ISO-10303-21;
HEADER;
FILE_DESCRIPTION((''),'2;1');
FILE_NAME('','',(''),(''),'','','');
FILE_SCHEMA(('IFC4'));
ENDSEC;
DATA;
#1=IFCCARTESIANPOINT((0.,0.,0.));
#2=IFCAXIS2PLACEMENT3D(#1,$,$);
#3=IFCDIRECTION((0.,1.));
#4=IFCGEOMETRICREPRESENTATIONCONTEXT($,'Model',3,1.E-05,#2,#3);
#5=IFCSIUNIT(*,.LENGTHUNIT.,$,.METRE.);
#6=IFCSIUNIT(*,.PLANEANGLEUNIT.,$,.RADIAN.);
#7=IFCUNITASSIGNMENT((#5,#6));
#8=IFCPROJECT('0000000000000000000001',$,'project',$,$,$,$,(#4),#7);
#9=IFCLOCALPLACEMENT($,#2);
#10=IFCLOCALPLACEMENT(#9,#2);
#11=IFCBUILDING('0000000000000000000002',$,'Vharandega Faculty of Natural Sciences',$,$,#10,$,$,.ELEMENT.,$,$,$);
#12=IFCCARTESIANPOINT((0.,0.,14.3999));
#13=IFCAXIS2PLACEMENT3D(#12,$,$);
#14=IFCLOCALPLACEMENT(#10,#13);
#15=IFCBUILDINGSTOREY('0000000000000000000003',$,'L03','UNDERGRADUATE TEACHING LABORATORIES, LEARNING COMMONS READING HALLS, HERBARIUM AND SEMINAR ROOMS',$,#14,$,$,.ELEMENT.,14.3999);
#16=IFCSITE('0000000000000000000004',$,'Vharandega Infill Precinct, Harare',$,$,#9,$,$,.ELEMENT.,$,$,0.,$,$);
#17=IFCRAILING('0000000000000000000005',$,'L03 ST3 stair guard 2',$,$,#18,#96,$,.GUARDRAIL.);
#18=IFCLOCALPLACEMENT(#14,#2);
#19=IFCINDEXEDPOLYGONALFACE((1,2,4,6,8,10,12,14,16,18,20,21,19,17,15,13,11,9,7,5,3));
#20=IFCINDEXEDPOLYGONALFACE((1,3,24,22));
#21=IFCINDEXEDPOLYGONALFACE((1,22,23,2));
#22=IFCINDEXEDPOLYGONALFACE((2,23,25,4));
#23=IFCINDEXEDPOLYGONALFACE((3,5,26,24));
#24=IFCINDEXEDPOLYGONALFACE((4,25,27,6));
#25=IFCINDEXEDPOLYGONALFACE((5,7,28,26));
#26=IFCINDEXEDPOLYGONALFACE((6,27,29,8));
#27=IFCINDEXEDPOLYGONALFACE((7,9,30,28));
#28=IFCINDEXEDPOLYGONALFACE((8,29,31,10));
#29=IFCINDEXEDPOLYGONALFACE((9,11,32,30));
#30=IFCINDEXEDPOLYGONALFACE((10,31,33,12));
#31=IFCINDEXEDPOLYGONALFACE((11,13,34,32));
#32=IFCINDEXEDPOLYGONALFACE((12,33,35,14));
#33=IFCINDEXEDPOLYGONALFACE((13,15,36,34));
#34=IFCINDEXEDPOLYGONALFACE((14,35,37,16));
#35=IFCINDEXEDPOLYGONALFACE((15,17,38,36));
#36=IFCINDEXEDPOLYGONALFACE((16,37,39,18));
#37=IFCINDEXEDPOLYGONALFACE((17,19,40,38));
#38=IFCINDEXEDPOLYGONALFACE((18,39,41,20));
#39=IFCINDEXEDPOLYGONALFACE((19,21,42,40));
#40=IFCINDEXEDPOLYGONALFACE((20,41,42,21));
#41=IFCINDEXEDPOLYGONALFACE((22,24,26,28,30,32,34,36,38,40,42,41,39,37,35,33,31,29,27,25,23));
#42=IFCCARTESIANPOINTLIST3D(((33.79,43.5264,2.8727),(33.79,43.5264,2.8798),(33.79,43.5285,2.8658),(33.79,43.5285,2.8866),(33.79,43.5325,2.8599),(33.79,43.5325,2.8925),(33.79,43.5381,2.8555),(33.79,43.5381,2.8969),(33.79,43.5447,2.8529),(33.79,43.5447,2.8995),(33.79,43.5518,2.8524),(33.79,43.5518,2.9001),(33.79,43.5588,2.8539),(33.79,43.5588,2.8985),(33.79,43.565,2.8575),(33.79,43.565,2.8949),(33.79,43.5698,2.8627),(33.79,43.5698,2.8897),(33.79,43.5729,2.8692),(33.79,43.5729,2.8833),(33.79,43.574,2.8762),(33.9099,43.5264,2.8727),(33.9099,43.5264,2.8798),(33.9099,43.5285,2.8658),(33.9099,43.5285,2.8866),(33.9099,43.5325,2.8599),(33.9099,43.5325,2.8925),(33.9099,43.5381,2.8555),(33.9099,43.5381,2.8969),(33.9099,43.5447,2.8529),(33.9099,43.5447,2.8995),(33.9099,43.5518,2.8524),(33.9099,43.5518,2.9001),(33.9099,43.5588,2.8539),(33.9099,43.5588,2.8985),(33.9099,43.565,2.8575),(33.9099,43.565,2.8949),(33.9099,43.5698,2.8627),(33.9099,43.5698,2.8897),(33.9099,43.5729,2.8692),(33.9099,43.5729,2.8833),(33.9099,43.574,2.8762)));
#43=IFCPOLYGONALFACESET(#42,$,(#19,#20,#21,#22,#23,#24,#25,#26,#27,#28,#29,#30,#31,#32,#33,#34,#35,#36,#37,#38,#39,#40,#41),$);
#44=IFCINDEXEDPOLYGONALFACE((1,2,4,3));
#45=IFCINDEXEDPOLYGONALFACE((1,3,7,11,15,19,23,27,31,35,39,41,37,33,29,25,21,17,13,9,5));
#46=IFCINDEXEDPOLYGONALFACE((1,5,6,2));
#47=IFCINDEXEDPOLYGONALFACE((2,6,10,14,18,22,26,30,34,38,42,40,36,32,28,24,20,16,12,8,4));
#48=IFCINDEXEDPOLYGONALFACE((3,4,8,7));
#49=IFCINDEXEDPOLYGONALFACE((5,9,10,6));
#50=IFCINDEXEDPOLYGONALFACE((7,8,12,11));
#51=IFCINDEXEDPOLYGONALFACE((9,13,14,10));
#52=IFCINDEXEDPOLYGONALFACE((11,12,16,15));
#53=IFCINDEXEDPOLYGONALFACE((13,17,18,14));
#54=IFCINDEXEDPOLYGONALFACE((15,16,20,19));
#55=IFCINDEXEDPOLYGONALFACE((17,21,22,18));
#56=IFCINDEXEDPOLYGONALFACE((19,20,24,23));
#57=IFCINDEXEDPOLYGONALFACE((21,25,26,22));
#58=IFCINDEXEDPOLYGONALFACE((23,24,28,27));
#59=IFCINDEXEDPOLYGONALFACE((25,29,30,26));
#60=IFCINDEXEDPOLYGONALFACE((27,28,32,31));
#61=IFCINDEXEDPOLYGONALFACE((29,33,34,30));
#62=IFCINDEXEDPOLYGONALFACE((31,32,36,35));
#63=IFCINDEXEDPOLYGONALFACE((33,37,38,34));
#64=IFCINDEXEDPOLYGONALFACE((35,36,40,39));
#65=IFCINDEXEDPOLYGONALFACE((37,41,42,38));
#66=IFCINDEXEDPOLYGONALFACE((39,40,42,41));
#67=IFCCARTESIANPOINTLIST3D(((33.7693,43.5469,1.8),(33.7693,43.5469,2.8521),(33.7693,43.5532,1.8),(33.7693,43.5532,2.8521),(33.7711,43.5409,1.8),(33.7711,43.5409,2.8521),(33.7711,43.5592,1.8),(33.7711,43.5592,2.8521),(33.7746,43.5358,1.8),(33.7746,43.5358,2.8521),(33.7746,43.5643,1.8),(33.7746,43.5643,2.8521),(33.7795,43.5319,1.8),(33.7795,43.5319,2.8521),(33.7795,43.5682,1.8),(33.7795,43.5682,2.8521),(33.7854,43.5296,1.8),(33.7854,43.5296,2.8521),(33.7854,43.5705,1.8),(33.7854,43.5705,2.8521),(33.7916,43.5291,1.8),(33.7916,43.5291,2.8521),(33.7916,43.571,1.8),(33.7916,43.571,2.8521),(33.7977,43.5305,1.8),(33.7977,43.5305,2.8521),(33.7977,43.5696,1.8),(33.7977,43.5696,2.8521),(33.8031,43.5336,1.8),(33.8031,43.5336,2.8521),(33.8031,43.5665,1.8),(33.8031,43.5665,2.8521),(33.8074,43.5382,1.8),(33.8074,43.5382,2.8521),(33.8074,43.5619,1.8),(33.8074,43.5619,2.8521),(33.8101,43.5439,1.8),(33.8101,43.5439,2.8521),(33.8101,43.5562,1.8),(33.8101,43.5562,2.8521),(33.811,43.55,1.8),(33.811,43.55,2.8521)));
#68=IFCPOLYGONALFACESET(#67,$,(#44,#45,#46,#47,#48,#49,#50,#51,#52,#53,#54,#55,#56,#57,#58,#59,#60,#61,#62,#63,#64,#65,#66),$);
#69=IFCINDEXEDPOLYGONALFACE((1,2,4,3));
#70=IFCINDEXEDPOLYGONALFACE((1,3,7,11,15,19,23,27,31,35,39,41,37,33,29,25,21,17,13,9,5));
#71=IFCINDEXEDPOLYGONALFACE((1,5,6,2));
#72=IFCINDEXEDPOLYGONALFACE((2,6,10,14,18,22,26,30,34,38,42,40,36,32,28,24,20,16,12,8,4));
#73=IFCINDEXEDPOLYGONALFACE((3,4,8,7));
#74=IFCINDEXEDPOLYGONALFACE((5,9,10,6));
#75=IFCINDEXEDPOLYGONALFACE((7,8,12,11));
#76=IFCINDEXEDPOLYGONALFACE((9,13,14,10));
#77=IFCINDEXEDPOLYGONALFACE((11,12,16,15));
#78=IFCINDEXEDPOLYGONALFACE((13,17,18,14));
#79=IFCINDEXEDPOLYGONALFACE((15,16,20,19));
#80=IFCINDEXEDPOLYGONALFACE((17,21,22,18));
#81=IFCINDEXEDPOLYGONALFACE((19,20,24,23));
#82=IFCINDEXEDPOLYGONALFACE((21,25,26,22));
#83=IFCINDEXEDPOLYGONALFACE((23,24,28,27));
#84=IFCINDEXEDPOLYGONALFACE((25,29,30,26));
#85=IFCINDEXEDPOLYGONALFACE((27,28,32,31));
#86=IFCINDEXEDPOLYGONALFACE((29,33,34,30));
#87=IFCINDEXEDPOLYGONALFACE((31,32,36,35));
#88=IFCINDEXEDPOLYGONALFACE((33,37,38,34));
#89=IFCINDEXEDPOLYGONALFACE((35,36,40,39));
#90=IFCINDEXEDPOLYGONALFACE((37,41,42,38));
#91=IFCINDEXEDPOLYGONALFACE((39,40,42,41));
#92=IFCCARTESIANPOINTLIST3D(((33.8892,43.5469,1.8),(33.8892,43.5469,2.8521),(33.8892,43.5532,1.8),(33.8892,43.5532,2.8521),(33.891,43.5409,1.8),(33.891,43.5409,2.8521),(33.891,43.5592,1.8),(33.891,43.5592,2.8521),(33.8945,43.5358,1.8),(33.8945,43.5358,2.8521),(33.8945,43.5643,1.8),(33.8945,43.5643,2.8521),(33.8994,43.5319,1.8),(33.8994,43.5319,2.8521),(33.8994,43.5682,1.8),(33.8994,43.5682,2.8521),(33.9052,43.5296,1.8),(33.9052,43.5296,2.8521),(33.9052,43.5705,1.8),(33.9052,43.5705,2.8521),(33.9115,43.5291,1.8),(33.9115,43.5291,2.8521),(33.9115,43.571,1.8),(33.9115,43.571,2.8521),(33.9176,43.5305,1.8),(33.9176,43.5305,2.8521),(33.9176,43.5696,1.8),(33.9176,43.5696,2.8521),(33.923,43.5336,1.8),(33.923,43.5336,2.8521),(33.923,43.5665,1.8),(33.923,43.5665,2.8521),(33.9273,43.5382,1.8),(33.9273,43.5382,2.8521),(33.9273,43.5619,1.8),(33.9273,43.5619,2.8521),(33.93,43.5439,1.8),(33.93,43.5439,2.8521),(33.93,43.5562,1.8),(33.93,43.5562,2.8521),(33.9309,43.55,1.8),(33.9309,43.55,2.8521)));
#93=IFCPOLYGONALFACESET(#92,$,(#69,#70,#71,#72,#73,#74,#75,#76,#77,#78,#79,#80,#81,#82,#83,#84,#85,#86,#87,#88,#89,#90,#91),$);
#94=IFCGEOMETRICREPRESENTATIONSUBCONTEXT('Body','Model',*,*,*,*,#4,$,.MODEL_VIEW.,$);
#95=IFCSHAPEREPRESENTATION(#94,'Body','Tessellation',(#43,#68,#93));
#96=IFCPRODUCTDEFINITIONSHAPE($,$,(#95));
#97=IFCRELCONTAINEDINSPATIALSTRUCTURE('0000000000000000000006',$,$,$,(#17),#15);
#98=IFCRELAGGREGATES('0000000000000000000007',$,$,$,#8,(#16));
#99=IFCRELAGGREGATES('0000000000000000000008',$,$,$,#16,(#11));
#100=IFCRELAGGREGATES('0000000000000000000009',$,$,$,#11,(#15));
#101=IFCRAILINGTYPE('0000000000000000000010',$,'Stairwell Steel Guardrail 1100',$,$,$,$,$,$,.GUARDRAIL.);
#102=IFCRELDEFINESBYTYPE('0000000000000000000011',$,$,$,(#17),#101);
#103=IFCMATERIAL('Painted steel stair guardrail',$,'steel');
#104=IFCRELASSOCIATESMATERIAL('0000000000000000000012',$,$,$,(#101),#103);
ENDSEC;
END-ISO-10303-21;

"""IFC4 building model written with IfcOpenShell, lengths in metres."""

from ifc_helpers import new_model, si_unit, direction, frame, origin, origin_2d, place, context, subcontext, project, spatial, circle, extrude, material, type_object, element, save


model = new_model("IFC4")

# Units and contexts
model_context = context("Model", 3, precision=1e-05, world=origin(), true_north=direction((0.0, 1.0)))
body_context = subcontext(model_context, "Body", "Model", "MODEL_VIEW")
ifc_project = project(units=[si_unit("LENGTHUNIT", "METRE"), si_unit("PLANEANGLEUNIT", "RADIAN")], contexts=[model_context])

# Site, building, storey
site_placement = place(None, origin())
site = spatial("IfcSite", under=ifc_project, at=site_placement, Name="Vharandega Infill Precinct, Harare", CompositionType="ELEMENT", RefElevation=0.0)
building_placement = place(site_placement, origin())
building = spatial("IfcBuilding", under=site, at=building_placement, Name="Vharandega Faculty of Natural Sciences", CompositionType="ELEMENT")
storey_placement = place(building_placement, frame((0.0, 0.0, 14.3999)))
storey = spatial("IfcBuildingStorey", under=building, at=storey_placement, Name="L03", Description="UNDERGRADUATE TEACHING LABORATORIES, LEARNING COMMONS READING HALLS, HERBARIUM AND SEMINAR ROOMS", CompositionType="ELEMENT", Elevation=14.3999)

# Railing
ifc_material_1 = material(Name="Painted steel stair guardrail", Category="steel")
railing_type_1 = type_object("IfcRailingType", Name="Stairwell Steel Guardrail 1100", PredefinedType="GUARDRAIL", material=ifc_material_1)
railing_1_placement = place(storey_placement, frame((33.79, 43.55, 1.8)))
element("IfcRailing", 1, at=railing_1_placement, inside=storey, type_object=railing_type_1, Name="L03 ST3 stair guard 2", PredefinedType="GUARDRAIL", context=body_context, shape_type="SweptSolid", body=[
    extrude(circle(Radius=0.0239, at=origin_2d()), frame((0.0, 0.0, 1.0762), z_axis=(1.0, 0.0, 0.0), x_axis=(0.0, 1.0, 0.0)), (0.0, 0.0, 1.0), 0.1199),
    extrude(circle(Radius=0.021, at=origin_2d()), origin(), (0.0, 0.0, 1.0), 1.052),
    extrude(circle(Radius=0.021, at=origin_2d()), frame((0.1199, 0.0, 0.0)), (0.0, 0.0, 1.0), 1.052),
])

save(model, "model.ifc")
